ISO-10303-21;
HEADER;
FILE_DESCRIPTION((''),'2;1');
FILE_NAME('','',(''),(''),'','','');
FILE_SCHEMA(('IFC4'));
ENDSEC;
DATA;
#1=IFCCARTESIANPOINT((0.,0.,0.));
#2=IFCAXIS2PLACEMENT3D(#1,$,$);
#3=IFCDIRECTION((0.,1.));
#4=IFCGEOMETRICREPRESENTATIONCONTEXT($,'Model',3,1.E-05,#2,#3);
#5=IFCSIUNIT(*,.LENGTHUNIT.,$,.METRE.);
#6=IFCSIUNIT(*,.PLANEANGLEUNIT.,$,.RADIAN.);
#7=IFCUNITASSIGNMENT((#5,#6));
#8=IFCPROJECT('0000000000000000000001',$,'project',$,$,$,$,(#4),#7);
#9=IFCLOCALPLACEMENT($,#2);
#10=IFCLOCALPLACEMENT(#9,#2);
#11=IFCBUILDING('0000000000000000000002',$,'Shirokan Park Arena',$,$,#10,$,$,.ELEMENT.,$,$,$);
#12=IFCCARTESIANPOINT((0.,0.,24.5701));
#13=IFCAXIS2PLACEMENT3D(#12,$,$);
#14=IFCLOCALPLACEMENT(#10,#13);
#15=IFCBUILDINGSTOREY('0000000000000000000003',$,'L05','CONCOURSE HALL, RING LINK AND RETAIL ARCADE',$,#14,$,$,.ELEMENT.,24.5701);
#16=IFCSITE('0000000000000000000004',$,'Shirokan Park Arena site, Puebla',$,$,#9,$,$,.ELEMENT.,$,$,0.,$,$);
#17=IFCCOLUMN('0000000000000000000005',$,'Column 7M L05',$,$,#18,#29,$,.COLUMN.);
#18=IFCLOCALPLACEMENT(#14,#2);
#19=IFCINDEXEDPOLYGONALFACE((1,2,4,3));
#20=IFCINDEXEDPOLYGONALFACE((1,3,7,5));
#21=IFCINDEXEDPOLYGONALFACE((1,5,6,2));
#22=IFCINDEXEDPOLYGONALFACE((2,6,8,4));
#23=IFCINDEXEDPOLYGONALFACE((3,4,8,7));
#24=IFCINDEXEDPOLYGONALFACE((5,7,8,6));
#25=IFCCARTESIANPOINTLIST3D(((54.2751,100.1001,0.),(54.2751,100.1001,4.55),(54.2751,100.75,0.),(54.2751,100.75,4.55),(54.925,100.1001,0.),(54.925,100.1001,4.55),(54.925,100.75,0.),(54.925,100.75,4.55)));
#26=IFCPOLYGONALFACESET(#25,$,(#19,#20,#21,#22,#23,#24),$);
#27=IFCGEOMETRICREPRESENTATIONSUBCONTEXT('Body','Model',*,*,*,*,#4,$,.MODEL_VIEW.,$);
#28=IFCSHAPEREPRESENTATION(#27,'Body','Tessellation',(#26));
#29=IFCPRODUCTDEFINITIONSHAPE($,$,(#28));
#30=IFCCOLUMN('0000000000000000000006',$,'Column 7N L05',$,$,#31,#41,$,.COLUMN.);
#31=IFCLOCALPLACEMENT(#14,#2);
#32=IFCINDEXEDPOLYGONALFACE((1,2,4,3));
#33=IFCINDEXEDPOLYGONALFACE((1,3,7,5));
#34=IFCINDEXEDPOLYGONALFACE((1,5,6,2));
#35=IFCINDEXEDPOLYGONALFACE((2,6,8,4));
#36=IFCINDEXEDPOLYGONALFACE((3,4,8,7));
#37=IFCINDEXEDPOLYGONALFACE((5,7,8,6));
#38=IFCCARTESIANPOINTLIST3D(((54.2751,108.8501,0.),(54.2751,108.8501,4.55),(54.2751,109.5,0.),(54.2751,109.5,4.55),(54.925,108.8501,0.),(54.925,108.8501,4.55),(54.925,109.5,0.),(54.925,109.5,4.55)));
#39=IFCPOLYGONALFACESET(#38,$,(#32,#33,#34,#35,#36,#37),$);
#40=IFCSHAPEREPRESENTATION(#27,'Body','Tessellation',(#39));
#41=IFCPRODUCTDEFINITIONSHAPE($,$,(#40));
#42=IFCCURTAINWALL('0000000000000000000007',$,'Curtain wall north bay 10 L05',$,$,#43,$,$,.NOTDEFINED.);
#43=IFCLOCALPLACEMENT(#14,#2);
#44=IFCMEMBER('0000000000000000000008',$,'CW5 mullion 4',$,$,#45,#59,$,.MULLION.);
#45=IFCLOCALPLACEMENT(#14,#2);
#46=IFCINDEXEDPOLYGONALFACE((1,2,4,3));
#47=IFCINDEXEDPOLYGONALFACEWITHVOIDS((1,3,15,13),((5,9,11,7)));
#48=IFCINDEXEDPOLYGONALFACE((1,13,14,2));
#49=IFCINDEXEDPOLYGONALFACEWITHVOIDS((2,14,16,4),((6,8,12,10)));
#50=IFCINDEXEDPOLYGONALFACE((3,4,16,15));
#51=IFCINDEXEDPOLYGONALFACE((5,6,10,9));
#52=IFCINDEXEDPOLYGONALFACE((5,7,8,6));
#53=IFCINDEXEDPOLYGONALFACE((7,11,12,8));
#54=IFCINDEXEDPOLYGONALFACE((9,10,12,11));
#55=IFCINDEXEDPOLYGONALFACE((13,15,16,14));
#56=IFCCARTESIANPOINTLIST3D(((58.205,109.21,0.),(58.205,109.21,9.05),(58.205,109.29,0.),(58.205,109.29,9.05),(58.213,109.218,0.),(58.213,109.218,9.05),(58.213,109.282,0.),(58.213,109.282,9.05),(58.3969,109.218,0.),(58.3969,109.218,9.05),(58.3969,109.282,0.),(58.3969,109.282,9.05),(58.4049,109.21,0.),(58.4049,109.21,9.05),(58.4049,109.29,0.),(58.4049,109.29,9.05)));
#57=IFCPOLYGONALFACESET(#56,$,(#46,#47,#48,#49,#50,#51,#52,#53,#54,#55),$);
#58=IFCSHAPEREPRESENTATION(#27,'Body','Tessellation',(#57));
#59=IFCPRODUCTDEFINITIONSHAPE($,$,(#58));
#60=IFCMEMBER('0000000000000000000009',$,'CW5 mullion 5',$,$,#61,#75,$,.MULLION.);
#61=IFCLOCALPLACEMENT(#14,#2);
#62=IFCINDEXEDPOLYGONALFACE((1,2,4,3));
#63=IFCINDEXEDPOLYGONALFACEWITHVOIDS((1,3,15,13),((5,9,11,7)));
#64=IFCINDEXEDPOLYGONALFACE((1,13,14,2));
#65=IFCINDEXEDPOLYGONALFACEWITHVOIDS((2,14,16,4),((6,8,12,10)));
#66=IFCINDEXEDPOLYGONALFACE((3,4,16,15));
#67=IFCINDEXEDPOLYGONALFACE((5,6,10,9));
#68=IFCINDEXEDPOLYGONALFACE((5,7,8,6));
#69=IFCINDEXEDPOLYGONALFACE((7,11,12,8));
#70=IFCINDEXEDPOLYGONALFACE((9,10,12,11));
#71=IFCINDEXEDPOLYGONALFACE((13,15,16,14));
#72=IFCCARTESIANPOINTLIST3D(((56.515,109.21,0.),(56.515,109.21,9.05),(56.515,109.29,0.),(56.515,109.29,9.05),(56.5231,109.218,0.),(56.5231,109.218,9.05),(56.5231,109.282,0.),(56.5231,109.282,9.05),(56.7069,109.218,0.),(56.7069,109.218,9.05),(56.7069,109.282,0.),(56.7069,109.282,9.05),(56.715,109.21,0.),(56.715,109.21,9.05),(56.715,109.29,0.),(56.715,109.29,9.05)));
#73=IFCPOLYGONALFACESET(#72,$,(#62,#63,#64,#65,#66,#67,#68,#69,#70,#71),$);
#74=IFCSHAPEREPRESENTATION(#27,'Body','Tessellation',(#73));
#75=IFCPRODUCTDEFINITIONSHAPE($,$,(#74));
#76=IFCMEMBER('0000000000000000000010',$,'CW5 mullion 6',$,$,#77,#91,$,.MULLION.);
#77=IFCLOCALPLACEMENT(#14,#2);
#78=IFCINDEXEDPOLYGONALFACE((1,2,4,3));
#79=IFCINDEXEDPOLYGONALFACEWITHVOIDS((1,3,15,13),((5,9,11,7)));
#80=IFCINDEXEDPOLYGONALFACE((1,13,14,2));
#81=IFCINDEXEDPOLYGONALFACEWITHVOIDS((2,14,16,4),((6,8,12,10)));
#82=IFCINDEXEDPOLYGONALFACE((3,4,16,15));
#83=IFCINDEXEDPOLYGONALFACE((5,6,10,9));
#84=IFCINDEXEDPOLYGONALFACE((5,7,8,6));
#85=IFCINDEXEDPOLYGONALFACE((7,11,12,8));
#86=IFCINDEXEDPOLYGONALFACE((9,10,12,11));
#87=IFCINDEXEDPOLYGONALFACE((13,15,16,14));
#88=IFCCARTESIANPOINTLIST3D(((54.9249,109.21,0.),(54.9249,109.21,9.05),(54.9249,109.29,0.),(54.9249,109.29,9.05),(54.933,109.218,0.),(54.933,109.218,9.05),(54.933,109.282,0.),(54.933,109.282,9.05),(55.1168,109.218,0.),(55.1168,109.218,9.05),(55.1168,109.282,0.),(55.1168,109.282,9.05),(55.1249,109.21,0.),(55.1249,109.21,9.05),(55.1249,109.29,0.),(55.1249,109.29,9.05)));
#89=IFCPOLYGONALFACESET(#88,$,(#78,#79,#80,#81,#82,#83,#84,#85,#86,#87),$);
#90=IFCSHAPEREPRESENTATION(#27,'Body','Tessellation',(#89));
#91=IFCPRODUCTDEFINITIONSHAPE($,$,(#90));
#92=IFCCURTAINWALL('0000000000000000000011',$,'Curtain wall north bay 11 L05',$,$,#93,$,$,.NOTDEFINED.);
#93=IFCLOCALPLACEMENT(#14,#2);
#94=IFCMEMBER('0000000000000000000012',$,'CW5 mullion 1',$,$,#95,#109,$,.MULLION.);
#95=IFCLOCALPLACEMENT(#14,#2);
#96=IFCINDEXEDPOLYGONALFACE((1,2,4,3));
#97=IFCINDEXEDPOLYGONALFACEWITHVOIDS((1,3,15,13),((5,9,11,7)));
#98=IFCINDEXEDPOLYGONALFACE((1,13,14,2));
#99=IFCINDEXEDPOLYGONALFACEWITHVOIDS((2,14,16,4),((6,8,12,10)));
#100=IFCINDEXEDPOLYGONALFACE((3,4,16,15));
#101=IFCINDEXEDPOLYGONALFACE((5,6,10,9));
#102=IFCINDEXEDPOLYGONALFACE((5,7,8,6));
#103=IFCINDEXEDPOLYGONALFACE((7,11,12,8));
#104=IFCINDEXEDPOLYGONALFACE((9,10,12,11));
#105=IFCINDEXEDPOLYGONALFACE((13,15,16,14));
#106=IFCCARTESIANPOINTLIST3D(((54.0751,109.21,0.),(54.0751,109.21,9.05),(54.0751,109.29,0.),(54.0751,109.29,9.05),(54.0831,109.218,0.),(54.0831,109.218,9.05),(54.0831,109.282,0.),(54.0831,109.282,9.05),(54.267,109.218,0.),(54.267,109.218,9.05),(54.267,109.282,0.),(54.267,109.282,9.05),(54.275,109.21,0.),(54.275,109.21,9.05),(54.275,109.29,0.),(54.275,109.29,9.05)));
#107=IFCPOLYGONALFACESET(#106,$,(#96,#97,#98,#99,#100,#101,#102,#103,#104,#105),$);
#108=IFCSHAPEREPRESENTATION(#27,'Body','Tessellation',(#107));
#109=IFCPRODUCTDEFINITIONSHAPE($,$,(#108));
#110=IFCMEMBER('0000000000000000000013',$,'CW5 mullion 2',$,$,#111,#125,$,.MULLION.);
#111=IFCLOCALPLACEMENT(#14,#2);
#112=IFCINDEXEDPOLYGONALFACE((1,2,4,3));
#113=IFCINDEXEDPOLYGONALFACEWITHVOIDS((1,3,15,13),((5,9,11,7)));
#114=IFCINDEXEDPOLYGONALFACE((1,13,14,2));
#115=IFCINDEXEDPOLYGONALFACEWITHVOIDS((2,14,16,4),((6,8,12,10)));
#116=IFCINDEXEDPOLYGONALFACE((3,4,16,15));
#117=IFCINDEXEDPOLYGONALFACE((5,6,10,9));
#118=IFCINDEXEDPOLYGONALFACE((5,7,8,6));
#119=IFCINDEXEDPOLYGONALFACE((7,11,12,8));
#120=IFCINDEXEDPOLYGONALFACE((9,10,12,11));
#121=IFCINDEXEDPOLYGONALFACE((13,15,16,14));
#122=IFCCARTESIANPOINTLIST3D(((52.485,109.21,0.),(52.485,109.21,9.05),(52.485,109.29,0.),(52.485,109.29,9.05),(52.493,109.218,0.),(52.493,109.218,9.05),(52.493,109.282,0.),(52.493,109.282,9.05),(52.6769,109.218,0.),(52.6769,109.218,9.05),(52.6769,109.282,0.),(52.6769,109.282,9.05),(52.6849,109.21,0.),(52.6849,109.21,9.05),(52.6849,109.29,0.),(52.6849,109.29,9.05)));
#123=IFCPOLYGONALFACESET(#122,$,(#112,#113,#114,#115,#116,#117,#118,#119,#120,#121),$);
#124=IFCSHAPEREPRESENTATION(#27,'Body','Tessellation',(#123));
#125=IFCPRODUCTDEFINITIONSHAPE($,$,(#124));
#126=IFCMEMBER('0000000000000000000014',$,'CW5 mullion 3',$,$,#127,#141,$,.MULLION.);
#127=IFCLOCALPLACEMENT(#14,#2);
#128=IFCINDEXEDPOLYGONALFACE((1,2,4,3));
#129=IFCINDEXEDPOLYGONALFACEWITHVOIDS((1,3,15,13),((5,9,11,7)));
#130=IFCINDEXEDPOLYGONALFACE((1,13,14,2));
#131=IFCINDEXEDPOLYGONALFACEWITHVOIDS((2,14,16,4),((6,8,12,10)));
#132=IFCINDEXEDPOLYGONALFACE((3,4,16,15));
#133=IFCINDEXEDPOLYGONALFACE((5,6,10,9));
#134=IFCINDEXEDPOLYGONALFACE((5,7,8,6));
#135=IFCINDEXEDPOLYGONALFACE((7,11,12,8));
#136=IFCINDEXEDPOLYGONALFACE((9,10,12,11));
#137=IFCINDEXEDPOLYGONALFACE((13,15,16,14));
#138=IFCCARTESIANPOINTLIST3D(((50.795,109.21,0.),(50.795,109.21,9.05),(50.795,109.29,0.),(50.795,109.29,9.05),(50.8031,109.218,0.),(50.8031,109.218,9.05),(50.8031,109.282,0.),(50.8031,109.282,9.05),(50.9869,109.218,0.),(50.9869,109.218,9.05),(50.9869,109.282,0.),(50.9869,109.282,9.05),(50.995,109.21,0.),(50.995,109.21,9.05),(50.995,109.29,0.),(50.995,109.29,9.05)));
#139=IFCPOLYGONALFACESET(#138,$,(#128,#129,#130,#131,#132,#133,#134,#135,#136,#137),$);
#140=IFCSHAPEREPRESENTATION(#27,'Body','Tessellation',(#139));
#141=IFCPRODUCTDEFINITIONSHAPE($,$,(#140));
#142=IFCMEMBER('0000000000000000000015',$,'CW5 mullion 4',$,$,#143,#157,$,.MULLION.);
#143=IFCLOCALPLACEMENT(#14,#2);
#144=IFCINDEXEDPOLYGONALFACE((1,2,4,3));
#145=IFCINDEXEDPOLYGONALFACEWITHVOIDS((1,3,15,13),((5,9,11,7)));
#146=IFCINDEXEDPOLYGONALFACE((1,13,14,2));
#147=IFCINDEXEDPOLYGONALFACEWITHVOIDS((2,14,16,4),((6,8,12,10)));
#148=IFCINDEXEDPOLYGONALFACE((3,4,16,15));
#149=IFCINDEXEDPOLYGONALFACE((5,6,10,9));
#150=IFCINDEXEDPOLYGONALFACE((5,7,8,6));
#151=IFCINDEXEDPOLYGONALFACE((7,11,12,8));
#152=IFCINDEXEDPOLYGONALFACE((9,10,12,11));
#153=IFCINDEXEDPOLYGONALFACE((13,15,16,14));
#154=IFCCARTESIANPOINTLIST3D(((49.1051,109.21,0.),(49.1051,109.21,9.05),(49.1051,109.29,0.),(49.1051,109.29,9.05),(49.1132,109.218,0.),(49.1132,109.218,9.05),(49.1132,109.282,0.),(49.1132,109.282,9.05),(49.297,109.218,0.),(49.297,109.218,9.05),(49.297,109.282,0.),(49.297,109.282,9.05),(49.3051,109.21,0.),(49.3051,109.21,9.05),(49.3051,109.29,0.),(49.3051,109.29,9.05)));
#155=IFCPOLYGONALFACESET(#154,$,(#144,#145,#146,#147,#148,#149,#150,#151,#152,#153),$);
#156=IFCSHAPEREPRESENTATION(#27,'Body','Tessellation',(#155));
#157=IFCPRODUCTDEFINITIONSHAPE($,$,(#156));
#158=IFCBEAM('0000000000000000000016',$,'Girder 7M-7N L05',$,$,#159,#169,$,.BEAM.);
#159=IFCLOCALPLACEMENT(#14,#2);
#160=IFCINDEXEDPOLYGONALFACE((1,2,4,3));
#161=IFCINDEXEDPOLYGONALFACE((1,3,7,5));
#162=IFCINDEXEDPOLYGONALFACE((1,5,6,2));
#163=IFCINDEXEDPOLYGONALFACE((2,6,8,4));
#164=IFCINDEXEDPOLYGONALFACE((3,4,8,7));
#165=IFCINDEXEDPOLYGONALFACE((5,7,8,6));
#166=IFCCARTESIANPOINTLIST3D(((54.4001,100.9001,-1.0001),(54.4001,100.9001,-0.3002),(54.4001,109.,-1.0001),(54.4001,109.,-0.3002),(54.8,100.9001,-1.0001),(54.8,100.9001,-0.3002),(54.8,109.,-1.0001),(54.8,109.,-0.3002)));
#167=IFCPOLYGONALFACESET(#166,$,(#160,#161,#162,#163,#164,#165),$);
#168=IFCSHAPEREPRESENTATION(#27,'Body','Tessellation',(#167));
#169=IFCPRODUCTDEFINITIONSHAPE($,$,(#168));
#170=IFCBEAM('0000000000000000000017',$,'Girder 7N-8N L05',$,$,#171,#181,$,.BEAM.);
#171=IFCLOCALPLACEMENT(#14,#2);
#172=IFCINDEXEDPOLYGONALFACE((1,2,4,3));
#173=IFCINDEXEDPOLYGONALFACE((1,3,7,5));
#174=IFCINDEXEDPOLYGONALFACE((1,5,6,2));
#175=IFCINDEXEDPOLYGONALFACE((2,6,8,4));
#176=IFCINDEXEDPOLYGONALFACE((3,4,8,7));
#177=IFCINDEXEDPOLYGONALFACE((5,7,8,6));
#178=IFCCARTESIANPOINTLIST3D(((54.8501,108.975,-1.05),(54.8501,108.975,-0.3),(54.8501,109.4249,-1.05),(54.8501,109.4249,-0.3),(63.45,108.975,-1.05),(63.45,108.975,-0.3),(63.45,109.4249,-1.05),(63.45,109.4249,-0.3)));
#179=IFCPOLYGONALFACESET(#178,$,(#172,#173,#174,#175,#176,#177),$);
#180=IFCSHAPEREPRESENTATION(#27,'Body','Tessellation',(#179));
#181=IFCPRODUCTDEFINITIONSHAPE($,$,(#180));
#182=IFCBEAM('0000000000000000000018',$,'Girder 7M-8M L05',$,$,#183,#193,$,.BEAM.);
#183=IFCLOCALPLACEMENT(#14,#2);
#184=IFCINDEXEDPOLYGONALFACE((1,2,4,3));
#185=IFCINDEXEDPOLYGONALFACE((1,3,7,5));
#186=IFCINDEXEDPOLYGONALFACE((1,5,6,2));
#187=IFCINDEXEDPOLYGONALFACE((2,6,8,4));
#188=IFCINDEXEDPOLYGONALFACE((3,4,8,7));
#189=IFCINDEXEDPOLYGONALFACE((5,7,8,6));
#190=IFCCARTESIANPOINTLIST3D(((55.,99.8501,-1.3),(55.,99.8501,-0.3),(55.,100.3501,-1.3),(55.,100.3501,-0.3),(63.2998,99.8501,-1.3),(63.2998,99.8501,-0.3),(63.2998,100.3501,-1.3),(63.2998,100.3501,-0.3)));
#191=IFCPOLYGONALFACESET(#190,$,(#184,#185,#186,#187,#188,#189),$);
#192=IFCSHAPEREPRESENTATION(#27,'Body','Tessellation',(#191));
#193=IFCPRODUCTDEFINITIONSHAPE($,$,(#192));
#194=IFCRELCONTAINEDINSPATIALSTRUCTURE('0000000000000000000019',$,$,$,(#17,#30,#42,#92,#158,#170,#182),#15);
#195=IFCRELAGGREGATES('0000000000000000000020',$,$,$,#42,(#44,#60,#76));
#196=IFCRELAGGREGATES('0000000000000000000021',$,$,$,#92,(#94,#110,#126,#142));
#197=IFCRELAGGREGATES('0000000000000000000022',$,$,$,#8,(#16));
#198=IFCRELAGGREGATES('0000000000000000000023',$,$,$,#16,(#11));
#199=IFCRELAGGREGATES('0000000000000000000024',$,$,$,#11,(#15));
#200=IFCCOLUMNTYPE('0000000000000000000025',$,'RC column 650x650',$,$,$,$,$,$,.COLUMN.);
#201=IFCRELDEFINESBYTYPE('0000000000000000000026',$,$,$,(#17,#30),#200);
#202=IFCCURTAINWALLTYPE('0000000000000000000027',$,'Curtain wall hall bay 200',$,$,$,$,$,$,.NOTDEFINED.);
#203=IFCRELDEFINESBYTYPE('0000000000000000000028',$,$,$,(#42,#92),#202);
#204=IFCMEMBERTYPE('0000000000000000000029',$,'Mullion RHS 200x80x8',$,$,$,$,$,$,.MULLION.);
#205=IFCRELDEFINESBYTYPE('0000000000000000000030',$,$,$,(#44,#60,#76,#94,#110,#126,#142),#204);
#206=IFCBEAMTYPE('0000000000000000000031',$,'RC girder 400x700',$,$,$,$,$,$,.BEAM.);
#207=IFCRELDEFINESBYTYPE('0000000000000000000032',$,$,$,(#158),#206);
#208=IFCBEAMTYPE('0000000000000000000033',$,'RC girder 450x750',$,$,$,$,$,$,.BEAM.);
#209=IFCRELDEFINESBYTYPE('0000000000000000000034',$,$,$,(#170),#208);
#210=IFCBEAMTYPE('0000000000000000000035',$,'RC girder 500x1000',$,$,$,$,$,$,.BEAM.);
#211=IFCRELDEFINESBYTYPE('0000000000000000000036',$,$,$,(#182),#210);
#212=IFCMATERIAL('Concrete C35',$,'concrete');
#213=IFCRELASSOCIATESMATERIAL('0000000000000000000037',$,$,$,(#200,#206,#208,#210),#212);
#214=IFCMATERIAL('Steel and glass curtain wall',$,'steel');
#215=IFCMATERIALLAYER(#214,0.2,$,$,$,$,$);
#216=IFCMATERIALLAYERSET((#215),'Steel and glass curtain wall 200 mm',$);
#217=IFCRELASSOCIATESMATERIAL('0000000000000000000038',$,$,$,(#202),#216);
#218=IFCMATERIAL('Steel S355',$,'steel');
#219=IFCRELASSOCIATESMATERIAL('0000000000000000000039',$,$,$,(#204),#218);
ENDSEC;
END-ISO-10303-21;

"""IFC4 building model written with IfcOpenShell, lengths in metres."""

from ifc_helpers import new_model, si_unit, direction, frame, origin, origin_2d, place, context, subcontext, project, spatial, rectangle, hollow_rectangle, extrude, material, layer, layer_set, material_profile, profile_set, type_object, element, aggregate, save


model = new_model("IFC4")

# Units and contexts
model_context = context("Model", 3, precision=1e-05, world=origin(), true_north=direction((0.0, 1.0)))
body_context = subcontext(model_context, "Body", "Model", "MODEL_VIEW")
ifc_project = project(units=[si_unit("LENGTHUNIT", "METRE"), si_unit("PLANEANGLEUNIT", "RADIAN")], contexts=[model_context])

# Site, building, storey
site_placement = place(None, origin())
site = spatial("IfcSite", under=ifc_project, at=site_placement, Name="Shirokan Park Arena site, Puebla", CompositionType="ELEMENT", RefElevation=0.0)
building_placement = place(site_placement, origin())
building = spatial("IfcBuilding", under=site, at=building_placement, Name="Shirokan Park Arena", CompositionType="ELEMENT")
storey_placement = place(building_placement, frame((0.0, 0.0, 24.5701)))
storey = spatial("IfcBuildingStorey", under=building, at=storey_placement, Name="L05", Description="CONCOURSE HALL, RING LINK AND RETAIL ARCADE", CompositionType="ELEMENT", Elevation=24.5701)

# Columns
ifc_material_1 = material(Name="Concrete C35", Category="concrete")
ifc_material_profile_1 = material_profile(ifc_material_1, rectangle(XDim=0.6499, YDim=0.6499, at=origin_2d()), Name="650x650")
ifc_profile_set_1 = profile_set([ifc_material_profile_1], Name="Concrete C35")
column_type = type_object("IfcColumnType", Name="RC column 650x650", PredefinedType="COLUMN", material=ifc_profile_set_1)
for number, where, z_axis, x_axis, name in (
    (1, (54.6001, 100.425, 0.0), (0.0, 0.0, 1.0), (1.0, 0.0, 0.0), "Column 7M L05"),
    (2, (54.6001, 109.175, 0.0), (0.0, 0.0, 1.0), (1.0, 0.0, 0.0), "Column 7N L05"),
):
    element("IfcColumn", number, at=place(storey_placement, frame(where, z_axis=z_axis, x_axis=x_axis)), inside=storey, type_object=column_type, Name=name, PredefinedType="COLUMN", context=body_context, shape_type="SweptSolid", body=[
        extrude(rectangle(XDim=0.6499, YDim=0.6499, at=origin_2d()), origin(), (0.0, 0.0, 1.0), 4.55),
    ])

# Curtain walls, members
ifc_material_2 = material(Name="Steel and glass curtain wall", Category="steel")
ifc_layer_1 = layer(ifc_material_2, 0.2)
ifc_layer_set_1 = layer_set([ifc_layer_1], Name="Steel and glass curtain wall 200 mm")
curtain_wall_type = type_object("IfcCurtainWallType", Name="Curtain wall hall bay 200", PredefinedType="NOTDEFINED", material=ifc_layer_set_1)
curtain_wall_1_placement = place(storey_placement, origin())
curtain_wall_1 = element("IfcCurtainWall", 3, at=curtain_wall_1_placement, inside=storey, type_object=curtain_wall_type, Name="Curtain wall north bay 10 L05", PredefinedType="NOTDEFINED")
ifc_material_3 = material(Name="Steel S355", Category="steel")
ifc_material_profile_2 = material_profile(ifc_material_3, hollow_rectangle(XDim=0.0801, YDim=0.2, WallThickness=0.0081, at=origin_2d()), Name="RHS 200x80x8")
ifc_profile_set_2 = profile_set([ifc_material_profile_2], Name="Steel S355")
member_type_1 = type_object("IfcMemberType", Name="Mullion RHS 200x80x8", PredefinedType="MULLION", material=ifc_profile_set_2)
member_1_placement = place(storey_placement, frame((58.3049, 109.25, 0.0), z_axis=(0.0, 0.0, 1.0), x_axis=(0.0, -1.0, 0.0)))
member_1 = element("IfcMember", 4, at=member_1_placement, type_object=member_type_1, Name="CW5 mullion 4", PredefinedType="MULLION", context=body_context, shape_type="SweptSolid", body=[
    extrude(hollow_rectangle(XDim=0.0801, YDim=0.2, WallThickness=0.0081, at=origin_2d()), origin(), (0.0, 0.0, 1.0), 9.05),
])
member_2_placement = place(storey_placement, frame((56.615, 109.25, 0.0), z_axis=(0.0, 0.0, 1.0), x_axis=(0.0, -1.0, 0.0)))
member_2 = element("IfcMember", 5, at=member_2_placement, type_object=member_type_1, Name="CW5 mullion 5", PredefinedType="MULLION", context=body_context, shape_type="SweptSolid", body=[
    extrude(hollow_rectangle(XDim=0.0801, YDim=0.2, WallThickness=0.0081, at=origin_2d()), origin(), (0.0, 0.0, 1.0), 9.05),
])
member_3_placement = place(storey_placement, frame((55.0249, 109.25, 0.0), z_axis=(0.0, 0.0, 1.0), x_axis=(0.0, -1.0, 0.0)))
member_3 = element("IfcMember", 6, at=member_3_placement, type_object=member_type_1, Name="CW5 mullion 6", PredefinedType="MULLION", context=body_context, shape_type="SweptSolid", body=[
    extrude(hollow_rectangle(XDim=0.0801, YDim=0.2, WallThickness=0.0081, at=origin_2d()), origin(), (0.0, 0.0, 1.0), 9.05),
])
curtain_wall_2_placement = place(storey_placement, origin())
curtain_wall_2 = element("IfcCurtainWall", 7, at=curtain_wall_2_placement, inside=storey, type_object=curtain_wall_type, Name="Curtain wall north bay 11 L05", PredefinedType="NOTDEFINED")
member_4_placement = place(storey_placement, frame((54.175, 109.25, 0.0), z_axis=(0.0, 0.0, 1.0), x_axis=(0.0, -1.0, 0.0)))
member_4 = element("IfcMember", 8, at=member_4_placement, type_object=member_type_1, Name="CW5 mullion 1", PredefinedType="MULLION", context=body_context, shape_type="SweptSolid", body=[
    extrude(hollow_rectangle(XDim=0.0801, YDim=0.2, WallThickness=0.0081, at=origin_2d()), origin(), (0.0, 0.0, 1.0), 9.05),
])
member_5_placement = place(storey_placement, frame((52.585, 109.25, 0.0), z_axis=(0.0, 0.0, 1.0), x_axis=(0.0, -1.0, 0.0)))
member_5 = element("IfcMember", 9, at=member_5_placement, type_object=member_type_1, Name="CW5 mullion 2", PredefinedType="MULLION", context=body_context, shape_type="SweptSolid", body=[
    extrude(hollow_rectangle(XDim=0.0801, YDim=0.2, WallThickness=0.0081, at=origin_2d()), origin(), (0.0, 0.0, 1.0), 9.05),
])
member_6_placement = place(storey_placement, frame((50.895, 109.25, 0.0), z_axis=(0.0, 0.0, 1.0), x_axis=(0.0, -1.0, 0.0)))
member_6 = element("IfcMember", 10, at=member_6_placement, type_object=member_type_1, Name="CW5 mullion 3", PredefinedType="MULLION", context=body_context, shape_type="SweptSolid", body=[
    extrude(hollow_rectangle(XDim=0.0801, YDim=0.2, WallThickness=0.0081, at=origin_2d()), origin(), (0.0, 0.0, 1.0), 9.05),
])
member_7_placement = place(storey_placement, frame((49.2051, 109.25, 0.0), z_axis=(0.0, 0.0, 1.0), x_axis=(0.0, -1.0, 0.0)))
member_7 = element("IfcMember", 11, at=member_7_placement, type_object=member_type_1, Name="CW5 mullion 4", PredefinedType="MULLION", context=body_context, shape_type="SweptSolid", body=[
    extrude(hollow_rectangle(XDim=0.0801, YDim=0.2, WallThickness=0.0081, at=origin_2d()), origin(), (0.0, 0.0, 1.0), 9.05),
])

# Beams
ifc_material_profile_3 = material_profile(ifc_material_1, rectangle(XDim=0.3999, YDim=0.7, at=origin_2d()), Name="400x700")
ifc_profile_set_3 = profile_set([ifc_material_profile_3], Name="Concrete C35")
beam_type_1 = type_object("IfcBeamType", Name="RC girder 400x700", PredefinedType="BEAM", material=ifc_profile_set_3)
beam_1_placement = place(storey_placement, frame((54.6001, 100.9001, -0.6501), z_axis=(0.0, 1.0, 0.0), x_axis=(-1.0, 0.0, 0.0)))
element("IfcBeam", 12, at=beam_1_placement, inside=storey, type_object=beam_type_1, Name="Girder 7M-7N L05", PredefinedType="BEAM", context=body_context, shape_type="SweptSolid", body=[
    extrude(rectangle(XDim=0.3999, YDim=0.7, at=origin_2d()), origin(), (0.0, 0.0, 1.0), 8.0999),
])
ifc_material_profile_4 = material_profile(ifc_material_1, rectangle(XDim=0.45, YDim=0.75, at=origin_2d()), Name="450x750")
ifc_profile_set_4 = profile_set([ifc_material_profile_4], Name="Concrete C35")
beam_type_2 = type_object("IfcBeamType", Name="RC girder 450x750", PredefinedType="BEAM", material=ifc_profile_set_4)
beam_2_placement = place(storey_placement, frame((54.8501, 109.2, -0.675), z_axis=(1.0, 0.0, 0.0), x_axis=(0.0, 1.0, 0.0)))
element("IfcBeam", 13, at=beam_2_placement, inside=storey, type_object=beam_type_2, Name="Girder 7N-8N L05", PredefinedType="BEAM", context=body_context, shape_type="SweptSolid", body=[
    extrude(rectangle(XDim=0.45, YDim=0.75, at=origin_2d()), origin(), (0.0, 0.0, 1.0), 8.5999),
])
ifc_material_profile_5 = material_profile(ifc_material_1, rectangle(XDim=0.5, YDim=1.0, at=origin_2d()), Name="500x1000")
ifc_profile_set_5 = profile_set([ifc_material_profile_5], Name="Concrete C35")
beam_type_3 = type_object("IfcBeamType", Name="RC girder 500x1000", PredefinedType="BEAM", material=ifc_profile_set_5)
beam_3_placement = place(storey_placement, frame((55.0, 100.1001, -0.8), z_axis=(1.0, 0.0, 0.0), x_axis=(0.0, 1.0, 0.0)))
element("IfcBeam", 14, at=beam_3_placement, inside=storey, type_object=beam_type_3, Name="Girder 7M-8M L05", PredefinedType="BEAM", context=body_context, shape_type="SweptSolid", body=[
    extrude(rectangle(XDim=0.5, YDim=1.0, at=origin_2d()), origin(), (0.0, 0.0, 1.0), 8.2998),
])

aggregate(curtain_wall_1, [member_1, member_2, member_3])
aggregate(curtain_wall_2, [member_4, member_5, member_6, member_7])

save(model, "model.ifc")
